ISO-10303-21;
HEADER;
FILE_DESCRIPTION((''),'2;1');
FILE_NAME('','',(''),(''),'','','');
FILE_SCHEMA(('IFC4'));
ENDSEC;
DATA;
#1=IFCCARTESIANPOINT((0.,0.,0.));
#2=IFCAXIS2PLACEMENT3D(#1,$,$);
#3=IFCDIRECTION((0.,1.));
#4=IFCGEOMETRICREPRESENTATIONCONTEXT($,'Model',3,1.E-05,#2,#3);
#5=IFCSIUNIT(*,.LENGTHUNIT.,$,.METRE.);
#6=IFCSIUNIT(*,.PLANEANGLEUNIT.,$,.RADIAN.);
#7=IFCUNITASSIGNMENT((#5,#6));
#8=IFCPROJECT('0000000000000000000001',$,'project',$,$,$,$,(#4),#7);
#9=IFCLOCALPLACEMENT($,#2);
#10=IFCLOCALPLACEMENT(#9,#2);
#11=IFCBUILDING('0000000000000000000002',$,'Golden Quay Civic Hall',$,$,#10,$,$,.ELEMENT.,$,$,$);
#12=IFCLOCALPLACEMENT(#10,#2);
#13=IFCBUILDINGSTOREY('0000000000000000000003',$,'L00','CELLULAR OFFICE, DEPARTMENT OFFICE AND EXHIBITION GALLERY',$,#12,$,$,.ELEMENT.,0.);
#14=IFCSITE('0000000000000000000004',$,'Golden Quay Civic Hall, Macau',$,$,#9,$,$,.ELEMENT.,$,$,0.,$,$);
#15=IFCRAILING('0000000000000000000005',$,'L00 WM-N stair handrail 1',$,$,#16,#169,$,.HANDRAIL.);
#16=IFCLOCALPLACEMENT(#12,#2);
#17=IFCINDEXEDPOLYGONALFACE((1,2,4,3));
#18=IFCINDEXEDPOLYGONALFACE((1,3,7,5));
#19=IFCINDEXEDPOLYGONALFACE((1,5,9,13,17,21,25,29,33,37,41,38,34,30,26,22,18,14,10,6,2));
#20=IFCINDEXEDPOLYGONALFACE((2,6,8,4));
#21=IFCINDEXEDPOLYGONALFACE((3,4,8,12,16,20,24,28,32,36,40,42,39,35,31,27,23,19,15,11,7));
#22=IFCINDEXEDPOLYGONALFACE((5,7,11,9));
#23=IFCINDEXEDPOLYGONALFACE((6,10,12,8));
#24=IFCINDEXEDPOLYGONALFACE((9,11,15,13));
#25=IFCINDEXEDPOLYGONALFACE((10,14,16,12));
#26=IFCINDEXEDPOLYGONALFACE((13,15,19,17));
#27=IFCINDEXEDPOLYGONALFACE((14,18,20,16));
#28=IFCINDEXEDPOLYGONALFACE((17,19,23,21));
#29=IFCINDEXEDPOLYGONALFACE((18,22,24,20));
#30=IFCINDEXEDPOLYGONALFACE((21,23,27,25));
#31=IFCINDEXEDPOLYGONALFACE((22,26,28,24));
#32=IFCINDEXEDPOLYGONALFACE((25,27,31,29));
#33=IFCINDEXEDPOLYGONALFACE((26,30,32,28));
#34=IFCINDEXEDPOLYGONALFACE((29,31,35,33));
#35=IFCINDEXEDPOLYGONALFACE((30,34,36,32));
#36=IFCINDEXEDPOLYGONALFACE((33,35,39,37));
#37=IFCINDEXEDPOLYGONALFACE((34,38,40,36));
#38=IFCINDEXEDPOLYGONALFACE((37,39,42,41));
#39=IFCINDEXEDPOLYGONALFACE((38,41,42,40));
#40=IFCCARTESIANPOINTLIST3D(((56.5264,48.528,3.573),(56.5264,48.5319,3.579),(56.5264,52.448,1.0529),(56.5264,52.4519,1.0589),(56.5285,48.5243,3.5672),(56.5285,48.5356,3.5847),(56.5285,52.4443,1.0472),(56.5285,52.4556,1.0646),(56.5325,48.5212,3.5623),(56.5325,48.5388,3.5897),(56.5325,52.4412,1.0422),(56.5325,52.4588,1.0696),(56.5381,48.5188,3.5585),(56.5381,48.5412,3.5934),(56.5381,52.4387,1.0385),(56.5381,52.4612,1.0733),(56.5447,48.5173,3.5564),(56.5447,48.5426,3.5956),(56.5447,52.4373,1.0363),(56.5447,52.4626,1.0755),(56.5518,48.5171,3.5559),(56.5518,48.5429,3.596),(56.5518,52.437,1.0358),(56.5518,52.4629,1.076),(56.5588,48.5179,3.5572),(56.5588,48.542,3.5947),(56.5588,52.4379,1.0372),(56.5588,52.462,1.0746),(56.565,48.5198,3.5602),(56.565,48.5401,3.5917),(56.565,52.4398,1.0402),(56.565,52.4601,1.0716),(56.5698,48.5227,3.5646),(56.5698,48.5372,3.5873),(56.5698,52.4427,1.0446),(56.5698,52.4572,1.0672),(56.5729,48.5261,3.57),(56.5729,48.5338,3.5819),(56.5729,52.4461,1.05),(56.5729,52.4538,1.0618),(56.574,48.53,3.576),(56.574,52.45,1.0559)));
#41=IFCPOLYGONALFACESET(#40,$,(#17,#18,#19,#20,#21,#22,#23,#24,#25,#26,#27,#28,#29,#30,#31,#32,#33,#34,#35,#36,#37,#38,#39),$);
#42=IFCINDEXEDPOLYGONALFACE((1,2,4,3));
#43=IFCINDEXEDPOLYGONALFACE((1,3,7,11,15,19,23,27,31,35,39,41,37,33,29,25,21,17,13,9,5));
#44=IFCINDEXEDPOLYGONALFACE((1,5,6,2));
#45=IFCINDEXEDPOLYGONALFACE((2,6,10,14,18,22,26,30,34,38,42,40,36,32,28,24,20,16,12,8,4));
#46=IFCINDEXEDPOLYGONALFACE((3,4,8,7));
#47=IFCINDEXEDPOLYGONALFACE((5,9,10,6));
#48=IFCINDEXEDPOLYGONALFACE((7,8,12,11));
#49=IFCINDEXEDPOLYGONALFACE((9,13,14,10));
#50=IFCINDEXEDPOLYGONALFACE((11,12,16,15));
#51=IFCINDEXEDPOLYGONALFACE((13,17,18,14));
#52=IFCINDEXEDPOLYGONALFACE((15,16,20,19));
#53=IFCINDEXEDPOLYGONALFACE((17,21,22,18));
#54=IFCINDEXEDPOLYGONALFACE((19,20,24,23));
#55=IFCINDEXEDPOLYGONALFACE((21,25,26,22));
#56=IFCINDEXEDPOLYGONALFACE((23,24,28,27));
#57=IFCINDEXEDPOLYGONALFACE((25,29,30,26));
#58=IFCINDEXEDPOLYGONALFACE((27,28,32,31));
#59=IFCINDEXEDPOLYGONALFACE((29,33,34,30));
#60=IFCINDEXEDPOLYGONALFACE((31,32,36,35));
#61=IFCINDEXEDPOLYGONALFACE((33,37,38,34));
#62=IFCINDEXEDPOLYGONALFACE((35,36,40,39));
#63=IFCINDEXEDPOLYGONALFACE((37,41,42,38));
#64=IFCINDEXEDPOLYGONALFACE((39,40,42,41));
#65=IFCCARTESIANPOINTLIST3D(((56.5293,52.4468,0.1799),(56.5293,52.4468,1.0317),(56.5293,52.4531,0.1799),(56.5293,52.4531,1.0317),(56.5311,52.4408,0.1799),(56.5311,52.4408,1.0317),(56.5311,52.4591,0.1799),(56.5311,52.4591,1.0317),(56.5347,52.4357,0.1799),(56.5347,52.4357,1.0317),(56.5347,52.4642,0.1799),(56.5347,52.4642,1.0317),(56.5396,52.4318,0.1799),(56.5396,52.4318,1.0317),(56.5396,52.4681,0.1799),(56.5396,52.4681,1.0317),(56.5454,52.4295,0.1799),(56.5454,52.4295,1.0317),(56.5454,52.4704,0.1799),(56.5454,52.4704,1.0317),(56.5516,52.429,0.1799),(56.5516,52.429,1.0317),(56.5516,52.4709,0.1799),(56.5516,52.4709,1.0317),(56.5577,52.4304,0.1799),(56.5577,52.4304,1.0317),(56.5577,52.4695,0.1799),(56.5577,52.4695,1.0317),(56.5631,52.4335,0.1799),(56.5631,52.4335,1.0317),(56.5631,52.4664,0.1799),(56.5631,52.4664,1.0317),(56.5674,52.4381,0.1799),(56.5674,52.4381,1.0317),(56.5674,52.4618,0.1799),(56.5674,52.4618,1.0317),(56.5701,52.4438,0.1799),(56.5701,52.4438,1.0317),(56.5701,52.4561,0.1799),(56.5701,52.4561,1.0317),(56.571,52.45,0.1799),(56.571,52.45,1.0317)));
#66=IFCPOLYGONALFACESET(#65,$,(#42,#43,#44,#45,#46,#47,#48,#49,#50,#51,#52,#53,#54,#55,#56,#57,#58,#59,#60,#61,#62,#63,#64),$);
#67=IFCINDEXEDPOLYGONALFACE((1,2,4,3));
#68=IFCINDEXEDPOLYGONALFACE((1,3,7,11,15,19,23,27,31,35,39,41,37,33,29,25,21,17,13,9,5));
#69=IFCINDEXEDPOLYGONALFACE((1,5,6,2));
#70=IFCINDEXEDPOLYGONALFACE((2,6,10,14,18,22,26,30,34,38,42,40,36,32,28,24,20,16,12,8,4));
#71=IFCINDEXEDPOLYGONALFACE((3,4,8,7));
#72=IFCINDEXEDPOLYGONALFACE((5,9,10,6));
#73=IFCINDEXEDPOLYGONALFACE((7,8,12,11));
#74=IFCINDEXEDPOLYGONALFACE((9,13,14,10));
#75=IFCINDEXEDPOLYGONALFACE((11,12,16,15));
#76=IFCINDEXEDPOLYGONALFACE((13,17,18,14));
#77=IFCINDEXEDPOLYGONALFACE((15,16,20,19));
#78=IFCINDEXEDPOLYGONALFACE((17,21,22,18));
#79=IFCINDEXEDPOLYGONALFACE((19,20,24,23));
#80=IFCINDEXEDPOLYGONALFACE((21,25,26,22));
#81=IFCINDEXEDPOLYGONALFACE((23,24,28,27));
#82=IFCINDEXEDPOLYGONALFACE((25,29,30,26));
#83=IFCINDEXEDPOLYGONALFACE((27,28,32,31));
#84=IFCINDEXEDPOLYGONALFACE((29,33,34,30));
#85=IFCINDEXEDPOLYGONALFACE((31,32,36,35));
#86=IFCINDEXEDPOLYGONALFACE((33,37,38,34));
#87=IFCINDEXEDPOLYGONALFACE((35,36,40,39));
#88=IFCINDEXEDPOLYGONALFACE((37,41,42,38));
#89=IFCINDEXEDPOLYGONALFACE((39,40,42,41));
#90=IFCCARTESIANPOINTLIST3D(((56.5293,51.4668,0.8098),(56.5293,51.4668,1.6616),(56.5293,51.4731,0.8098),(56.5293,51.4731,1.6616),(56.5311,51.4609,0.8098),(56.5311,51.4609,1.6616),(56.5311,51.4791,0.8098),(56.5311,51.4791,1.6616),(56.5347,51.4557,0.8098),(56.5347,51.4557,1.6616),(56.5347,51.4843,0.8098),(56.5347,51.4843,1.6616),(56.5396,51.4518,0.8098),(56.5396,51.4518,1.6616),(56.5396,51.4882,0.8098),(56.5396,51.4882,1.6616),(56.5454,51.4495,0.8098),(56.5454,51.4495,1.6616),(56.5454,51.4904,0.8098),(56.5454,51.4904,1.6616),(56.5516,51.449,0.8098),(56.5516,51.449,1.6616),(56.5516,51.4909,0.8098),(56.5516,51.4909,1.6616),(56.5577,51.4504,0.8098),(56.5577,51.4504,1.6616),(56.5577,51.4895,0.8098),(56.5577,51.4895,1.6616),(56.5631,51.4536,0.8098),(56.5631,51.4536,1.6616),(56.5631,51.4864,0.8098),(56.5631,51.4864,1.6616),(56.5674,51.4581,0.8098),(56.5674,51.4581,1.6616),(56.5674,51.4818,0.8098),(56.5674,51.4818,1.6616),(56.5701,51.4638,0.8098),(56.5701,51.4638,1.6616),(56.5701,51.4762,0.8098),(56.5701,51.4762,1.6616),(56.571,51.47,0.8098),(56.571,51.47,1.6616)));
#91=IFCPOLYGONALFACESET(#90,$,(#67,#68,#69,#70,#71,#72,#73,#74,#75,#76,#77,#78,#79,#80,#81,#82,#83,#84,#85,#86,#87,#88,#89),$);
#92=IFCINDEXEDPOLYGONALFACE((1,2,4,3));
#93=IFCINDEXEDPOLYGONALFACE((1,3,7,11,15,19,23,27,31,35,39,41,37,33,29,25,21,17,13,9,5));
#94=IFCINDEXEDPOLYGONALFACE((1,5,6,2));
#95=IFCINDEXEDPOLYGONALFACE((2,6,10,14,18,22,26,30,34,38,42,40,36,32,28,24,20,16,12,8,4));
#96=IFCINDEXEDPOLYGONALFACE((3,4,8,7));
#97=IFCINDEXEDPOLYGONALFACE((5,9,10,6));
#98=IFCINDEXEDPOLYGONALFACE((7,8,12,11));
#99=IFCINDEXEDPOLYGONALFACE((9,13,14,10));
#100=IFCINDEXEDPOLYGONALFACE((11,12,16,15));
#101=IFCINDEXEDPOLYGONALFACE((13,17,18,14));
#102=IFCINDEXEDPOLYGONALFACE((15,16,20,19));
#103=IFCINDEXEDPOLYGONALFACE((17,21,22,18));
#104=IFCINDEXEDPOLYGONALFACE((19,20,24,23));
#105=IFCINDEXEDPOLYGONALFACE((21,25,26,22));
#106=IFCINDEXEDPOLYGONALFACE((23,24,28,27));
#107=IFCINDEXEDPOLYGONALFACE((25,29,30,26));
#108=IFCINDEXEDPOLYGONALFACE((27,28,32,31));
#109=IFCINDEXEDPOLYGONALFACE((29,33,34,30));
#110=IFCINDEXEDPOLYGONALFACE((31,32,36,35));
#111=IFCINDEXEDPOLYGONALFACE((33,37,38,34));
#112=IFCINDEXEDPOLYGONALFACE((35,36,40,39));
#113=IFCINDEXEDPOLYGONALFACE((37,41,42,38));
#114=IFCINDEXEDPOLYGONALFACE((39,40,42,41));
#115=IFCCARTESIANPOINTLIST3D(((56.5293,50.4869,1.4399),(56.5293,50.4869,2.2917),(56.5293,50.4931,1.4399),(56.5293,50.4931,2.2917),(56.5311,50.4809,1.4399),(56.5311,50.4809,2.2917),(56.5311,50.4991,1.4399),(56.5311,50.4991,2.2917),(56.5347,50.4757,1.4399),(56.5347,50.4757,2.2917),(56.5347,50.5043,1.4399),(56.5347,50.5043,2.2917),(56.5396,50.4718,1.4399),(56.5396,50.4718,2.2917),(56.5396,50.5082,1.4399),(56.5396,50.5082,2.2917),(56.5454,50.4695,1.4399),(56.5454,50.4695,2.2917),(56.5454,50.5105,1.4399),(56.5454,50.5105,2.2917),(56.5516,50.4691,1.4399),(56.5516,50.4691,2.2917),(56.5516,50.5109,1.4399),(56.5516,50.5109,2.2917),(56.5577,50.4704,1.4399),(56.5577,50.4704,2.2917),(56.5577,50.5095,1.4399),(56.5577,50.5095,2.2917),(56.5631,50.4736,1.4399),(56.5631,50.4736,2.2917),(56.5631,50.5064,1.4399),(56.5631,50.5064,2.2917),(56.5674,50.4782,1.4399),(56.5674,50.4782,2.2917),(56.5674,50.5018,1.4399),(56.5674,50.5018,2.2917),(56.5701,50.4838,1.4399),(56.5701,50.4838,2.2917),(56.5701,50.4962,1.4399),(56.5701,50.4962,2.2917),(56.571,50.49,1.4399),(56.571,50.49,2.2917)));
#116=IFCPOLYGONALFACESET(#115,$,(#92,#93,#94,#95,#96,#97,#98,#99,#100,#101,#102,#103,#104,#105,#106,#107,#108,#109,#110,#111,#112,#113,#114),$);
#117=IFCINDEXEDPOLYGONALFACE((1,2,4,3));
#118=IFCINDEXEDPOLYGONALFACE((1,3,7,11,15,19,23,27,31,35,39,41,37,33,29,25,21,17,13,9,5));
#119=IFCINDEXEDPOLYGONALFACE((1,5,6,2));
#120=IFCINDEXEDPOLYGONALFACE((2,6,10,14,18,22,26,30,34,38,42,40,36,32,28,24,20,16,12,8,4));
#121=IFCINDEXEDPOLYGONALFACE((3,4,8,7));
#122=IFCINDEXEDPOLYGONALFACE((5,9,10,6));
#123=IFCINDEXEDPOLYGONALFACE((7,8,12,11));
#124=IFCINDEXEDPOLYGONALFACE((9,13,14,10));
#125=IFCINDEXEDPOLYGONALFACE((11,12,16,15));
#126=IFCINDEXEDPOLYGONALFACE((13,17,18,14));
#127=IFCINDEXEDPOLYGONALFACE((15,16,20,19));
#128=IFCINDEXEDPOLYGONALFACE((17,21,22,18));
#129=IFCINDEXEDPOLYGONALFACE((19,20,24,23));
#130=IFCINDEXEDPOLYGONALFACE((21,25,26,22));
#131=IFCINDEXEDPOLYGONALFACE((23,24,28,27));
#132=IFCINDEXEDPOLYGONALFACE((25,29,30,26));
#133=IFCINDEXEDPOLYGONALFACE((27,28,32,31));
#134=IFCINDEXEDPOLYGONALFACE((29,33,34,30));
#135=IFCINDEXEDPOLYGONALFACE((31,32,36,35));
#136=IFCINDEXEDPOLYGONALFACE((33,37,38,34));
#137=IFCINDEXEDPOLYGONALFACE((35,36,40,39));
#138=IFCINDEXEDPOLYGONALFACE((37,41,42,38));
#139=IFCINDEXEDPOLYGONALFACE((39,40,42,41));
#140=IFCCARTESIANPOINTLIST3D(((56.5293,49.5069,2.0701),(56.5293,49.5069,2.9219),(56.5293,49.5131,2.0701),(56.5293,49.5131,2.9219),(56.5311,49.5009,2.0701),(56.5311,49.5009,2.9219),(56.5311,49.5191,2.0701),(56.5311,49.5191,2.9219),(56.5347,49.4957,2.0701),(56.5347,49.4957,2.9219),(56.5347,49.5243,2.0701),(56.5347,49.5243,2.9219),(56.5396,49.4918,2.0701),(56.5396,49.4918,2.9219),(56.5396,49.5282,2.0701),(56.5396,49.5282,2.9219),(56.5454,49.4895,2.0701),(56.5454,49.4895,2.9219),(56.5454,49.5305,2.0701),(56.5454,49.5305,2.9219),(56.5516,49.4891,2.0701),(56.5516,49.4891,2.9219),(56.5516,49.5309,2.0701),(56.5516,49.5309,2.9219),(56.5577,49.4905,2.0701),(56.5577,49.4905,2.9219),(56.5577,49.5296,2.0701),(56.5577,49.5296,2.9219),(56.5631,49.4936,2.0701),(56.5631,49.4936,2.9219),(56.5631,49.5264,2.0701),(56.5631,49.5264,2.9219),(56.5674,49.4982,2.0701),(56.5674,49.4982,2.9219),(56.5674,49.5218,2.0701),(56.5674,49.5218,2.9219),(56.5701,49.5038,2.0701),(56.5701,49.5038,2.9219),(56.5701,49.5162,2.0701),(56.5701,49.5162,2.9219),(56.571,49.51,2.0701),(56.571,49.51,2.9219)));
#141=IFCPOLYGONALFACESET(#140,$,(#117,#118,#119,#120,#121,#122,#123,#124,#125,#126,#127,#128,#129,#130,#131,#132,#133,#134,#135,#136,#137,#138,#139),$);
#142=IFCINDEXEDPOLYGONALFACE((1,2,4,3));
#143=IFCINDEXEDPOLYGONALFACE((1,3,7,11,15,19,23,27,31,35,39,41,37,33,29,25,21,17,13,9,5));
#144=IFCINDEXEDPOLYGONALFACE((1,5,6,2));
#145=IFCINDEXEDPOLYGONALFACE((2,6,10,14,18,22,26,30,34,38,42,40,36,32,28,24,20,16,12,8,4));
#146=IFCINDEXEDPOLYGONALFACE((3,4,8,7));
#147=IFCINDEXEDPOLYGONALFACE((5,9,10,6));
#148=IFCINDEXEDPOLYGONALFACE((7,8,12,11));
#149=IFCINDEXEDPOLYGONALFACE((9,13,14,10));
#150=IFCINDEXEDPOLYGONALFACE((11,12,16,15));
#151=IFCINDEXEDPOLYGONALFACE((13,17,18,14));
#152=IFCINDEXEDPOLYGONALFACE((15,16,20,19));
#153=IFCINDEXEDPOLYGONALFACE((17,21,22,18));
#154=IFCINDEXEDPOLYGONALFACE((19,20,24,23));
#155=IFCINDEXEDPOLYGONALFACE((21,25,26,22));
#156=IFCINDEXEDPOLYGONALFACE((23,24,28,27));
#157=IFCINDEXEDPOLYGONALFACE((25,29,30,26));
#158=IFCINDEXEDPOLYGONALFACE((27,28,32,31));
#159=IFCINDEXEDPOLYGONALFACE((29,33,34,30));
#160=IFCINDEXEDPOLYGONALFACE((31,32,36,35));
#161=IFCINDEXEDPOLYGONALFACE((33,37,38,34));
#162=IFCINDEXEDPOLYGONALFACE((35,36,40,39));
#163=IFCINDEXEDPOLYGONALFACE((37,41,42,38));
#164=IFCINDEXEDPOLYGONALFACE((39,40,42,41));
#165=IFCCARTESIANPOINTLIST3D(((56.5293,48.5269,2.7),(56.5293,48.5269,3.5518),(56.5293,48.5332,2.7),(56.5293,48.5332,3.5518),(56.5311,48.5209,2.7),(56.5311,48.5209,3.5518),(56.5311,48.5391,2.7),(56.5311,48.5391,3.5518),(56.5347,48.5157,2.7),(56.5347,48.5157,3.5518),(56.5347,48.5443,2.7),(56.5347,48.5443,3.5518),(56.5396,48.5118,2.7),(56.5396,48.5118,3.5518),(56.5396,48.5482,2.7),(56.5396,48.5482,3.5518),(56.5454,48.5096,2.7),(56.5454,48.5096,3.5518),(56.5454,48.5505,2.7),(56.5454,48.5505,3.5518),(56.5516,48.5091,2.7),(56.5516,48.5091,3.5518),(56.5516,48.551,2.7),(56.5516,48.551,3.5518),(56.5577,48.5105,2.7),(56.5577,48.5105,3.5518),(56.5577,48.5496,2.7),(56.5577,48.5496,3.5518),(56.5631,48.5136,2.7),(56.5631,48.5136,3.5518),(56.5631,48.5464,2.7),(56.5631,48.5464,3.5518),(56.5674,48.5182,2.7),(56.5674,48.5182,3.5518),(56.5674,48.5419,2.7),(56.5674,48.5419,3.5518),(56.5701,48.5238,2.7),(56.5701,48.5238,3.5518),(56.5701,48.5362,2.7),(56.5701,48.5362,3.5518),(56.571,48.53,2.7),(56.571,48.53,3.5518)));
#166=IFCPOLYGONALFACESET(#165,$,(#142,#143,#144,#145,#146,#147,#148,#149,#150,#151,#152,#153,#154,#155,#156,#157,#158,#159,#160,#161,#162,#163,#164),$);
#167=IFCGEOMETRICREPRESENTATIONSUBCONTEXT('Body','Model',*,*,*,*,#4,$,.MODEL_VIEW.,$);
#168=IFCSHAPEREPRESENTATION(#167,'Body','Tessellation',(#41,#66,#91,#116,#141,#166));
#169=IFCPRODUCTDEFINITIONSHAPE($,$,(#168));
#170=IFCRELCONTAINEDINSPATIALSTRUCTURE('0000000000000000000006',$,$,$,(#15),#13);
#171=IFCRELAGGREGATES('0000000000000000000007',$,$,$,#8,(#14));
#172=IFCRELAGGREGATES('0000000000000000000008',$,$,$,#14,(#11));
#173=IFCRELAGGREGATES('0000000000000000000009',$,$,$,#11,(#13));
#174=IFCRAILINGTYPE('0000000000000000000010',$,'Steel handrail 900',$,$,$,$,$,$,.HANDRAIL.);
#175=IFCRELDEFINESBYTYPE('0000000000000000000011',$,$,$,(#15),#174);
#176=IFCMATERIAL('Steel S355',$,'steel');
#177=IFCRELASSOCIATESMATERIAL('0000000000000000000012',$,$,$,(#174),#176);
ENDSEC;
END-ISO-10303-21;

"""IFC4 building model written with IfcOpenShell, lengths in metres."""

from ifc_helpers import new_model, si_unit, direction, frame, origin, origin_2d, place, context, subcontext, project, spatial, circle, extrude, material, type_object, element, save


model = new_model("IFC4")

# Units and contexts
model_context = context("Model", 3, precision=1e-05, world=origin(), true_north=direction((0.0, 1.0)))
body_context = subcontext(model_context, "Body", "Model", "MODEL_VIEW")
ifc_project = project(units=[si_unit("LENGTHUNIT", "METRE"), si_unit("PLANEANGLEUNIT", "RADIAN")], contexts=[model_context])

# Site, building, storey
site_placement = place(None, origin())
site = spatial("IfcSite", under=ifc_project, at=site_placement, Name="Golden Quay Civic Hall, Macau", CompositionType="ELEMENT", RefElevation=0.0)
building_placement = place(site_placement, origin())
building = spatial("IfcBuilding", under=site, at=building_placement, Name="Golden Quay Civic Hall", CompositionType="ELEMENT")
storey_placement = place(building_placement, origin())
storey = spatial("IfcBuildingStorey", under=building, at=storey_placement, Name="L00", Description="CELLULAR OFFICE, DEPARTMENT OFFICE AND EXHIBITION GALLERY", CompositionType="ELEMENT", Elevation=0.0)

# Railing
ifc_material_1 = material(Name="Steel S355", Category="steel")
railing_type_1 = type_object("IfcRailingType", Name="Steel handrail 900", PredefinedType="HANDRAIL", material=ifc_material_1)
railing_1_placement = place(storey_placement, frame((56.55, 52.45, 0.1799)))
element("IfcRailing", 1, at=railing_1_placement, inside=storey, type_object=railing_type_1, Name="L00 WM-N stair handrail 1", PredefinedType="HANDRAIL", context=body_context, shape_type="SweptSolid", body=[
    extrude(circle(Radius=0.0239, at=origin_2d()), frame((0.0, 0.0, 0.876), z_axis=(0.0, -0.841172, 0.540768), x_axis=(1.0, 0.0, 0.0)), (0.0, 0.0, 1.0), 4.6602),
    extrude(circle(Radius=0.021, at=origin_2d()), origin(), (0.0, 0.0, 1.0), 0.8518),
    extrude(circle(Radius=0.021, at=origin_2d()), frame((0.0, -0.98, 0.6299)), (0.0, 0.0, 1.0), 0.8518),
    extrude(circle(Radius=0.021, at=origin_2d()), frame((0.0, -1.96, 1.26)), (0.0, 0.0, 1.0), 0.8518),
    extrude(circle(Radius=0.021, at=origin_2d()), frame((0.0, -2.9399, 1.8901)), (0.0, 0.0, 1.0), 0.8518),
    extrude(circle(Radius=0.021, at=origin_2d()), frame((0.0, -3.9199, 2.52)), (0.0, 0.0, 1.0), 0.8518),
])

save(model, "model.ifc")
